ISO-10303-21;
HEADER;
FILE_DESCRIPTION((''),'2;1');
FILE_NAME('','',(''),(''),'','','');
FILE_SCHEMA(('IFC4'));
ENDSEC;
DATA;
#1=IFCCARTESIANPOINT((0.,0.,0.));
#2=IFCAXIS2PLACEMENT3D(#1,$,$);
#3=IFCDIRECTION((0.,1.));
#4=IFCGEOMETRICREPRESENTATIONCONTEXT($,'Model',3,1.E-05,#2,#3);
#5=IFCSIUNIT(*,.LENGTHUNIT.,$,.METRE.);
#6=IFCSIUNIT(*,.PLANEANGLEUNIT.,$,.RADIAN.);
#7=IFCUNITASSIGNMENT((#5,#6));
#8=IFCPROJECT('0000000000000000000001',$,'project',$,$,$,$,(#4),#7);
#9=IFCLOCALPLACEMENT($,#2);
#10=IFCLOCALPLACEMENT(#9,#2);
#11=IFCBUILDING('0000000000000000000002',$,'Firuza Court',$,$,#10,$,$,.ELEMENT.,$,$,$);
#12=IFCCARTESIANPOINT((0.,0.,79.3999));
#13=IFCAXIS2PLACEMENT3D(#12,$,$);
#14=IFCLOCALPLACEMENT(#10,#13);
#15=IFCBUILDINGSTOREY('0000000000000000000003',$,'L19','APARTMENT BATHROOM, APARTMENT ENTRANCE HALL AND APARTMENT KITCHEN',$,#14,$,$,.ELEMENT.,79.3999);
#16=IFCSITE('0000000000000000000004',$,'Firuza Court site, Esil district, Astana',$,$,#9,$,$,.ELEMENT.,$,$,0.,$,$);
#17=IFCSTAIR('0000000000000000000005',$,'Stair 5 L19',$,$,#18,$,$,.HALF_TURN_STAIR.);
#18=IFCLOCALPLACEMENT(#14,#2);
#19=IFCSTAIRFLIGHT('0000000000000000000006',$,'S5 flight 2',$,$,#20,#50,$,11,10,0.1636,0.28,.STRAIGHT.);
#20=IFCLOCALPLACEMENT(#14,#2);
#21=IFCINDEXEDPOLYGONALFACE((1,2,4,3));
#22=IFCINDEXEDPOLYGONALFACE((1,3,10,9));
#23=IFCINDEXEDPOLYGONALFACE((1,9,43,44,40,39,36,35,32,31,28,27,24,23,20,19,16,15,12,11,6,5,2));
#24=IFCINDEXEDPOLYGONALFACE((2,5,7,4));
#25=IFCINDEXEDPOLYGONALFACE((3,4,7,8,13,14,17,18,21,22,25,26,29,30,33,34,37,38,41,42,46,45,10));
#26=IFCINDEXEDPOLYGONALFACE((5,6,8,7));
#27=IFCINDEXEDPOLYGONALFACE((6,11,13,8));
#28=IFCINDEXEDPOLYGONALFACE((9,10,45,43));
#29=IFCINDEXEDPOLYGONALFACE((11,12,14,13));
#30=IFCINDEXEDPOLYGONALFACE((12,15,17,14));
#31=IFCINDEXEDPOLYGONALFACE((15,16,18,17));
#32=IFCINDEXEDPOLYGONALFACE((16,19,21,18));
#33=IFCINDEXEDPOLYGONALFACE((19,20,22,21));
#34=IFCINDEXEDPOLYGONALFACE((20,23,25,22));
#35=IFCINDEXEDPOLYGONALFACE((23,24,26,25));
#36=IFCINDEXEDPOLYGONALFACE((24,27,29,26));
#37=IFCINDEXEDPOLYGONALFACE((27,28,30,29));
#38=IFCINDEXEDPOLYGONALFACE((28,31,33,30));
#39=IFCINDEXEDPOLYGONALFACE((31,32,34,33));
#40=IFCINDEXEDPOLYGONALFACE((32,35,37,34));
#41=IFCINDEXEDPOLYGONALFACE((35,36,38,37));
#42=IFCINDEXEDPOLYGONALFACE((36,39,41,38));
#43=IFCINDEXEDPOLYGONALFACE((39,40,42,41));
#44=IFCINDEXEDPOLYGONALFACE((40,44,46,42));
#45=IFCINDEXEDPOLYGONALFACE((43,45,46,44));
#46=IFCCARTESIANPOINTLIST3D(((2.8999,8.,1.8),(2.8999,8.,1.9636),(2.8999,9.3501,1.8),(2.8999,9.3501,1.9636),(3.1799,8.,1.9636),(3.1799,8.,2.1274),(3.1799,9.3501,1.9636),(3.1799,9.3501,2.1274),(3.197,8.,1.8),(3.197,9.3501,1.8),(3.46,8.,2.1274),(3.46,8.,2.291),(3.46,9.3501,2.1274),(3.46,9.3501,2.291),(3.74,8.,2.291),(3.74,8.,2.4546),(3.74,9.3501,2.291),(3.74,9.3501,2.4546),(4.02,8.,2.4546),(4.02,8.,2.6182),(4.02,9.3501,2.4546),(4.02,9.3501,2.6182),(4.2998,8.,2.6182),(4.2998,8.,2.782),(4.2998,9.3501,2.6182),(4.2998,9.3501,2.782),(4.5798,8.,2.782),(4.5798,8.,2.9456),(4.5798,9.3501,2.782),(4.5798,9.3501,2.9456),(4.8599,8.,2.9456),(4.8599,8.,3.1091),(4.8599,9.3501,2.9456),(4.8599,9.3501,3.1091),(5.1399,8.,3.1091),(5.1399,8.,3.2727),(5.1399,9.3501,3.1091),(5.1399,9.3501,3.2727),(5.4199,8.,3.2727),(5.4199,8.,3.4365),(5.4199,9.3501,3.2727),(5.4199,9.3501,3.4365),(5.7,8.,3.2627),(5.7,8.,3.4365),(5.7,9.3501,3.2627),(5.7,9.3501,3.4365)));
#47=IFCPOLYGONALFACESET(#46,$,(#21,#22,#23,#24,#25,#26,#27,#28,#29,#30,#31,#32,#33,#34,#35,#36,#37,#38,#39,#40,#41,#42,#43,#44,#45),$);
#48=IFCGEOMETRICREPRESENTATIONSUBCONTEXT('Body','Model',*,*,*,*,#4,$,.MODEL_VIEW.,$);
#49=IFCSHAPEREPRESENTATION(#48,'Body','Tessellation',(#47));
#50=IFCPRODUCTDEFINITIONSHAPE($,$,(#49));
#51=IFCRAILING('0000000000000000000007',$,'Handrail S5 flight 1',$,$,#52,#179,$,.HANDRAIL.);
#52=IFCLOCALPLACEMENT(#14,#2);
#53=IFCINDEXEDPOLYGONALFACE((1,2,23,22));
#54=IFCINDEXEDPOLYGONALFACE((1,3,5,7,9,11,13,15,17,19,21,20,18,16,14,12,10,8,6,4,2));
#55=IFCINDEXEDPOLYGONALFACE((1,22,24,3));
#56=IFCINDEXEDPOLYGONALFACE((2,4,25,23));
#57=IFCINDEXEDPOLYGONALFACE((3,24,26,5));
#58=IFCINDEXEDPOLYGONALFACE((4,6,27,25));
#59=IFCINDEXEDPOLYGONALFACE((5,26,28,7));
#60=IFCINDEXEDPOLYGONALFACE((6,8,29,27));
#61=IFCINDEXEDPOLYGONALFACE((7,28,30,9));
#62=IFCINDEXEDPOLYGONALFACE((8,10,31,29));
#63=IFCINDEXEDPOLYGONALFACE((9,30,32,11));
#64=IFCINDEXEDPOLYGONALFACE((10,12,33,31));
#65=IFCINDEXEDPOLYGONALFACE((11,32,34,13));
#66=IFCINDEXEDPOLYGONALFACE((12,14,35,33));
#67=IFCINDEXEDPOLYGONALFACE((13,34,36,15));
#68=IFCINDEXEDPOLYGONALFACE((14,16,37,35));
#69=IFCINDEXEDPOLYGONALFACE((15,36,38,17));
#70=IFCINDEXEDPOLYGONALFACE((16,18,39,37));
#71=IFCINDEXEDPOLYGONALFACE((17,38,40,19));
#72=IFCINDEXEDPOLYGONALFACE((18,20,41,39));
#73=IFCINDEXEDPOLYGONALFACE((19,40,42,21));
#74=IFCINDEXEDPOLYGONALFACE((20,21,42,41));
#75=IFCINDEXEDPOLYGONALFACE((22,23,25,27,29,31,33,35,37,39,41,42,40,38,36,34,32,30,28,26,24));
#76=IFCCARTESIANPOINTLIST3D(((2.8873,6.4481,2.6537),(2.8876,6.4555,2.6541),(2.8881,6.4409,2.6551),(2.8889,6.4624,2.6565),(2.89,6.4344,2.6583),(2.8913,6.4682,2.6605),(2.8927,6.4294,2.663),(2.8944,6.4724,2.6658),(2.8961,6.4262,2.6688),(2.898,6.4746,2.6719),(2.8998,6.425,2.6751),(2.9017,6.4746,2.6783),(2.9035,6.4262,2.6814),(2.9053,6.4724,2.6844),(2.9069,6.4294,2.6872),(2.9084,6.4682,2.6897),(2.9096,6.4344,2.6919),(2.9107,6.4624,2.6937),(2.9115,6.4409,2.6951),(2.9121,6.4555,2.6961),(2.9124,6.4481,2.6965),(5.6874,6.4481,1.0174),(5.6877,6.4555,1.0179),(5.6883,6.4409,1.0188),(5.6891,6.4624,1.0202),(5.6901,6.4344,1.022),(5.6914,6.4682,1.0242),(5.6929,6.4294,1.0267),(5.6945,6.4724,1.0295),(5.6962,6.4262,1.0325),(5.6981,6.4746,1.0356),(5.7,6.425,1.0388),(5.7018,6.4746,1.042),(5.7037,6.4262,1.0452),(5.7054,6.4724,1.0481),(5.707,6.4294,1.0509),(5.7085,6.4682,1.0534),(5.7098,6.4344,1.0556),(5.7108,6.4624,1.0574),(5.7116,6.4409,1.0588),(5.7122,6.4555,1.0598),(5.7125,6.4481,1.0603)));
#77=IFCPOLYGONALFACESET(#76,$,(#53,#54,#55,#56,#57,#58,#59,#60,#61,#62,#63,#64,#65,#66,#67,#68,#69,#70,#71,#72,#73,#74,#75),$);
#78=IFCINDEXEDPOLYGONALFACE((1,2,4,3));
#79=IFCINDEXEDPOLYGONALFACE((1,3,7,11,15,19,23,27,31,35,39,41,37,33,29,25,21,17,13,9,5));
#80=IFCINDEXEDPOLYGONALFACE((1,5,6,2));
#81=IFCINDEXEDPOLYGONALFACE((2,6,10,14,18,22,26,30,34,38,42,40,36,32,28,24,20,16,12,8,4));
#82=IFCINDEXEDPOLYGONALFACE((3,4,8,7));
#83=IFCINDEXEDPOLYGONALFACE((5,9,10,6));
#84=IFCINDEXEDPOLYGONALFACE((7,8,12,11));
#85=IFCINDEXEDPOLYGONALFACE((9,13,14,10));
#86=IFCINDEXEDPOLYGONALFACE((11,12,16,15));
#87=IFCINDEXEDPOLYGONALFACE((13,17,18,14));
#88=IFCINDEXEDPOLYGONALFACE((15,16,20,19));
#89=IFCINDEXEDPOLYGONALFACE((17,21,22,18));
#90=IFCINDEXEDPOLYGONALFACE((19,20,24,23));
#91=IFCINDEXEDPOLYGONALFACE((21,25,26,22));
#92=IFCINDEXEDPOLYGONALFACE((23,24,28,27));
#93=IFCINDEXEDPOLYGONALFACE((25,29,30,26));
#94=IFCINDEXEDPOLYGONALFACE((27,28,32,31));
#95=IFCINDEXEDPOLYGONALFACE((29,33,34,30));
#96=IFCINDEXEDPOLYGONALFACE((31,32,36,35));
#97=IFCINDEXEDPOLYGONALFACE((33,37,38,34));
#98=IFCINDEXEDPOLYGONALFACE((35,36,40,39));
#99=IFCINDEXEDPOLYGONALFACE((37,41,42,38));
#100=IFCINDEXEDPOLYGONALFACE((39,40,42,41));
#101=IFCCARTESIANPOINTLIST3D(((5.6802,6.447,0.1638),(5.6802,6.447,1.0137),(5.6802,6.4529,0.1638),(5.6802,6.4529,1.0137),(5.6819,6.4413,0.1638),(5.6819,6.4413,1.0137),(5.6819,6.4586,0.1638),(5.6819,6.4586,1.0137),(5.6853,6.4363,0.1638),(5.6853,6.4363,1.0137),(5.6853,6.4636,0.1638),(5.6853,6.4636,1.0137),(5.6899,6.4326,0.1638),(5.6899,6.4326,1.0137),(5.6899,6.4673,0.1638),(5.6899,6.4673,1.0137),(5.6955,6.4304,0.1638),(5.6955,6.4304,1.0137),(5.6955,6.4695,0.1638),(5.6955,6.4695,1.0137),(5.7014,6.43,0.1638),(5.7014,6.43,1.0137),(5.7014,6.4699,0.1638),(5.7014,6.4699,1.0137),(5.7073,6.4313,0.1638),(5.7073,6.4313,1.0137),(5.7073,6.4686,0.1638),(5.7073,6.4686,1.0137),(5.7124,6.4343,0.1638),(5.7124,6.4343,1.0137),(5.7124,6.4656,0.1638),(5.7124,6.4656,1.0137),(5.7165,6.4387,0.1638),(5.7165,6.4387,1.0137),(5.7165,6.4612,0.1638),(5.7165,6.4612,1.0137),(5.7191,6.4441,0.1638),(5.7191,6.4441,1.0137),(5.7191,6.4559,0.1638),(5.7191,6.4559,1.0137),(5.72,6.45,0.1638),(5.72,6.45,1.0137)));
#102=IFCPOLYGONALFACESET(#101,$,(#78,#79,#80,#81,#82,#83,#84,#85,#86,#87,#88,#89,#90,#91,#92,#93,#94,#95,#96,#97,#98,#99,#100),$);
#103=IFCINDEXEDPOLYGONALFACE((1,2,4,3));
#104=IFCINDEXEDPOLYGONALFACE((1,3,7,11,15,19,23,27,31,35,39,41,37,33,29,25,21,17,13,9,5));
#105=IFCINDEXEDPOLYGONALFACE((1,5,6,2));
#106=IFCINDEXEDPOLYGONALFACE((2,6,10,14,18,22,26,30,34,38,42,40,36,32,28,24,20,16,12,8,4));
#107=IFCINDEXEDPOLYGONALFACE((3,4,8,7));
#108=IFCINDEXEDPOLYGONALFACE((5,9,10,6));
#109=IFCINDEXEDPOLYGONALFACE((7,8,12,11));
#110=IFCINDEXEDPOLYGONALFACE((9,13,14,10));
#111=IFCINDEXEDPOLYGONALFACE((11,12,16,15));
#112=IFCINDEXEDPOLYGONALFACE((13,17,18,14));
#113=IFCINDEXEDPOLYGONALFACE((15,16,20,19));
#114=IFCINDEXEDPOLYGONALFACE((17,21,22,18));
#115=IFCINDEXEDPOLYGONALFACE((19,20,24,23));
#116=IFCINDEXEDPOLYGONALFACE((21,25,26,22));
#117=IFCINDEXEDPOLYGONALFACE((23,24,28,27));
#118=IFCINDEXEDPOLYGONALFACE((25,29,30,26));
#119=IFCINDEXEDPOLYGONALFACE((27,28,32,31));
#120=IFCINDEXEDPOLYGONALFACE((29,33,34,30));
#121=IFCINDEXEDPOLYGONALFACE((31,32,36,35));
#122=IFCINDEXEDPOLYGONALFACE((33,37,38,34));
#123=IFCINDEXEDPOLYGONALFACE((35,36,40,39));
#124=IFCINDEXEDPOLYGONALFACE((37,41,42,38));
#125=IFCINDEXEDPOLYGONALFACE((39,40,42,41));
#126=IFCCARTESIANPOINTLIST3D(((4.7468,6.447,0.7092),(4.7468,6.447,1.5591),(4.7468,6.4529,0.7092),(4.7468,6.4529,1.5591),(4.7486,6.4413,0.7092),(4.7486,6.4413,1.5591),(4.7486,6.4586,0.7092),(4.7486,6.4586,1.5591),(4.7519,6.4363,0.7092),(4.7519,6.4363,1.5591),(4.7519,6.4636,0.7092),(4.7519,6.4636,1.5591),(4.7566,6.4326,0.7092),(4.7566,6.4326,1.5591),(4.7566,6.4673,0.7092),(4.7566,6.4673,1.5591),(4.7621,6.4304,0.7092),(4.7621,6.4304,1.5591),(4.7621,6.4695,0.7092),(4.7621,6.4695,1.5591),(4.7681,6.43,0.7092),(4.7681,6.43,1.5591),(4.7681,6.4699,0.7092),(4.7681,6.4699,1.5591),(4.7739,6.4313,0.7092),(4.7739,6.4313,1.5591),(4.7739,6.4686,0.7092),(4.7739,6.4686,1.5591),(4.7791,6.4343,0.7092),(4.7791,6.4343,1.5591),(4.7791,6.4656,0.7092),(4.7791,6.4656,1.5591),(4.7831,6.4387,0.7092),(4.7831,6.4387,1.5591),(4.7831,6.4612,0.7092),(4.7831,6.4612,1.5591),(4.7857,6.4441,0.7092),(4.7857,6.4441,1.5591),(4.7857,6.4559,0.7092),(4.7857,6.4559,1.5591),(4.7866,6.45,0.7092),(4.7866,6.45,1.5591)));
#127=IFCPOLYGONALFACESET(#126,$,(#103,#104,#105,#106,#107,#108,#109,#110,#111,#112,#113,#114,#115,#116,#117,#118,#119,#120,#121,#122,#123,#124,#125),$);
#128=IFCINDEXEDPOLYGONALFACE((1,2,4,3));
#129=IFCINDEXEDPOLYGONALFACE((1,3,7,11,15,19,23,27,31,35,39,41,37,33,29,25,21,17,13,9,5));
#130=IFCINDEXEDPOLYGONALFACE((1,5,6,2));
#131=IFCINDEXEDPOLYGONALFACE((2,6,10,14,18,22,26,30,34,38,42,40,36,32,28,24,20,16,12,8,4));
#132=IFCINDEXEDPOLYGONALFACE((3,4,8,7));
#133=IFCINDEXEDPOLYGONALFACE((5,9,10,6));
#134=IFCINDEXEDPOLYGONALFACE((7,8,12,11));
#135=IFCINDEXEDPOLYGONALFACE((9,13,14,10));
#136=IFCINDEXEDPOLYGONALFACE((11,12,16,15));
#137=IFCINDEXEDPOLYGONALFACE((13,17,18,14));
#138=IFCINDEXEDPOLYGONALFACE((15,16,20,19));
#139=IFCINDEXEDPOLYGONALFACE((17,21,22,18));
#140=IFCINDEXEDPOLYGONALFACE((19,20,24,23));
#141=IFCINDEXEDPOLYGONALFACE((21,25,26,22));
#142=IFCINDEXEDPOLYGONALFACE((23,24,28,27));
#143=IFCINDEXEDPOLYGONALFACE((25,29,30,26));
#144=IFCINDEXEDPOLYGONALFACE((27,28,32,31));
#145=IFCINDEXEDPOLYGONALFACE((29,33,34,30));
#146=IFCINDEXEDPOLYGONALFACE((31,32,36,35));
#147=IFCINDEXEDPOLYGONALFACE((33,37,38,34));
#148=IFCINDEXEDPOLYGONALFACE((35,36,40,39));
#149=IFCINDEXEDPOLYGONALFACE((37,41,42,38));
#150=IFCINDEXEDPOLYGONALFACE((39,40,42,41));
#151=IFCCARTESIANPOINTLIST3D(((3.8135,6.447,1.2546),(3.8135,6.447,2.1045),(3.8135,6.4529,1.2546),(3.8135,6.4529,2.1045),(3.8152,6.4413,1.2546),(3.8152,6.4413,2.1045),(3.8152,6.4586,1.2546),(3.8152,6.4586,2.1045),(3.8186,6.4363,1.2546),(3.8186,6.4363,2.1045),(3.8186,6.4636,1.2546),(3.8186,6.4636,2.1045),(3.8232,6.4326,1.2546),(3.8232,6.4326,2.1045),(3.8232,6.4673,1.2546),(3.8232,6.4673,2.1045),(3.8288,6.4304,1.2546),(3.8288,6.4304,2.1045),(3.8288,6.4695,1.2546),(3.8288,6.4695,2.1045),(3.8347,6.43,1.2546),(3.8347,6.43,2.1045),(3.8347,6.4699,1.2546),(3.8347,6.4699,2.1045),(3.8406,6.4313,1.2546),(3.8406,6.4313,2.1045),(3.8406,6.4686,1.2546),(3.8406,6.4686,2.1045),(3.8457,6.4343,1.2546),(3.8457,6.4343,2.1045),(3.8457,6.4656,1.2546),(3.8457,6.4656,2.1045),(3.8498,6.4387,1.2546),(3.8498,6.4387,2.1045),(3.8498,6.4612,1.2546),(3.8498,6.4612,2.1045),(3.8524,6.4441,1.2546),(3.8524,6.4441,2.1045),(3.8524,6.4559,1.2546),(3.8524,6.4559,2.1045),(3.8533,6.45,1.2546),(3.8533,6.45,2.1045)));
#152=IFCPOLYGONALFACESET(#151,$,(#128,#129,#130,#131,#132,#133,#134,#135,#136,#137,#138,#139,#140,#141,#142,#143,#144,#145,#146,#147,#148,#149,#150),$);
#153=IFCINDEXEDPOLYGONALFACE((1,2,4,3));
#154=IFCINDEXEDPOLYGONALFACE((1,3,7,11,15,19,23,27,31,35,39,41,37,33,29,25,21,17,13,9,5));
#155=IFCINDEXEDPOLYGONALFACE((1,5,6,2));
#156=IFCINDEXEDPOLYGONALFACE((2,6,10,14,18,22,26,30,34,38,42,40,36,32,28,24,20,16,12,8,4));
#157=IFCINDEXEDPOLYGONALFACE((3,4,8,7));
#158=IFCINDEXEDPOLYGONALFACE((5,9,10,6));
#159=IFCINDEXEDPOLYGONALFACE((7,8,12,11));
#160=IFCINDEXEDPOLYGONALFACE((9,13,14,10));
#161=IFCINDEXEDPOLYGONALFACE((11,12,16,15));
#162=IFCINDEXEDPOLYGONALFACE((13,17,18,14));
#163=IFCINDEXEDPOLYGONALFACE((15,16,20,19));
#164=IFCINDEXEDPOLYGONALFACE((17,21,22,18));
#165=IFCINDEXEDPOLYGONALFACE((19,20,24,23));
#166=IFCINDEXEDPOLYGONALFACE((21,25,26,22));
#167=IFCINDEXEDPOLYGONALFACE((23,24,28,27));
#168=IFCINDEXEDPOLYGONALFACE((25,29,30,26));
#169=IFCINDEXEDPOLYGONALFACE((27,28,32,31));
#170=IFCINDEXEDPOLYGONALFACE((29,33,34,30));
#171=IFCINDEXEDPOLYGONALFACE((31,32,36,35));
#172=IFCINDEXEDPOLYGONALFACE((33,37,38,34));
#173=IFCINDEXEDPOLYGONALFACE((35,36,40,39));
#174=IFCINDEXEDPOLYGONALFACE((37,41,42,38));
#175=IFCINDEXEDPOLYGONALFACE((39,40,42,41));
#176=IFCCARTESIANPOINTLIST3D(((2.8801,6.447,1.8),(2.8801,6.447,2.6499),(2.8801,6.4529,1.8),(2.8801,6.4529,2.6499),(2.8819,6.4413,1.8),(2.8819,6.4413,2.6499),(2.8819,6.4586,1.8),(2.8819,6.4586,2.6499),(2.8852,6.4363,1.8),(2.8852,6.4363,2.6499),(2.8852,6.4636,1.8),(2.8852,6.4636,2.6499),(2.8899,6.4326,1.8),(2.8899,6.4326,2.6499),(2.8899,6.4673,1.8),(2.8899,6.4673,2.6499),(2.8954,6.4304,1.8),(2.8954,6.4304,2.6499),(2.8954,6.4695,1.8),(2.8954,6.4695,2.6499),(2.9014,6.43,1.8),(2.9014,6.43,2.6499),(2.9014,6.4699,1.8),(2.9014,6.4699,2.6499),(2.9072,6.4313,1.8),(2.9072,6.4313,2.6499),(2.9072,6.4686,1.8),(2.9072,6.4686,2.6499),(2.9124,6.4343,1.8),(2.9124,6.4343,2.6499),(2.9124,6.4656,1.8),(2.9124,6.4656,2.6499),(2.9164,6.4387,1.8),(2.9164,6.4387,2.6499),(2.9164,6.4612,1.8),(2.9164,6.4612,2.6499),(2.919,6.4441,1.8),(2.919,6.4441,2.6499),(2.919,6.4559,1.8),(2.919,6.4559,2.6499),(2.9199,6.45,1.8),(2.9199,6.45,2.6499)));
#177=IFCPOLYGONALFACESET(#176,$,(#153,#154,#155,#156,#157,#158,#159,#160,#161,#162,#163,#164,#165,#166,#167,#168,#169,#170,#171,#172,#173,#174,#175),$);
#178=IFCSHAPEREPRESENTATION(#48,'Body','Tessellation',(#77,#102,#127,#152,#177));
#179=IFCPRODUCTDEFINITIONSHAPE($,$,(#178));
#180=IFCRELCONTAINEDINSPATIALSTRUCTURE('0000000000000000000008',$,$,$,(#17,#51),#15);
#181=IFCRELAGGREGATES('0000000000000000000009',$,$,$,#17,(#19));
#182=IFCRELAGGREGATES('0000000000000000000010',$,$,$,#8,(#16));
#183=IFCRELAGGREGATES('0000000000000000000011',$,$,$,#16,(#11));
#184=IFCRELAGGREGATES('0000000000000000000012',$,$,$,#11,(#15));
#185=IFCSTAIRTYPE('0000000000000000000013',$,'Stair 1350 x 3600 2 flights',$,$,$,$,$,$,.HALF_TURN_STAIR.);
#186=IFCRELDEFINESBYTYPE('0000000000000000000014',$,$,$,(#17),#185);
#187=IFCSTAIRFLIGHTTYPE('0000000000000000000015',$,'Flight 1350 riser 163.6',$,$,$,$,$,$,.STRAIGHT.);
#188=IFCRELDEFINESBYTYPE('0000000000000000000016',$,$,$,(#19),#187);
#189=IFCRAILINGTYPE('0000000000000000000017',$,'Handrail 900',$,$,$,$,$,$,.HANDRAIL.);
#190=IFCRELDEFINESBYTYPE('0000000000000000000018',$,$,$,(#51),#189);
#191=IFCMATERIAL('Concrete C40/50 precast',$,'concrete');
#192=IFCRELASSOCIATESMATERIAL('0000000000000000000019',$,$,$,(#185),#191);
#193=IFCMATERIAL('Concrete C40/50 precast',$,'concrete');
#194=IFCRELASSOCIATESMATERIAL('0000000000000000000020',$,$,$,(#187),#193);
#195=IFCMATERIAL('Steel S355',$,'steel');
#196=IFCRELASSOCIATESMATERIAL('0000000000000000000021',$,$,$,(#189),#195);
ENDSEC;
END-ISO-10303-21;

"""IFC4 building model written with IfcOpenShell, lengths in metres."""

from ifc_helpers import new_model, si_unit, direction, frame, origin, origin_2d, place, context, subcontext, project, spatial, polyline, circle, outline, extrude, material, type_object, element, aggregate, save


model = new_model("IFC4")

# Units and contexts
model_context = context("Model", 3, precision=1e-05, world=origin(), true_north=direction((0.0, 1.0)))
body_context = subcontext(model_context, "Body", "Model", "MODEL_VIEW")
ifc_project = project(units=[si_unit("LENGTHUNIT", "METRE"), si_unit("PLANEANGLEUNIT", "RADIAN")], contexts=[model_context])

# Site, building, storey
site_placement = place(None, origin())
site = spatial("IfcSite", under=ifc_project, at=site_placement, Name="Firuza Court site, Esil district, Astana", CompositionType="ELEMENT", RefElevation=0.0)
building_placement = place(site_placement, origin())
building = spatial("IfcBuilding", under=site, at=building_placement, Name="Firuza Court", CompositionType="ELEMENT")
storey_placement = place(building_placement, frame((0.0, 0.0, 79.3999)))
storey = spatial("IfcBuildingStorey", under=building, at=storey_placement, Name="L19", Description="APARTMENT BATHROOM, APARTMENT ENTRANCE HALL AND APARTMENT KITCHEN", CompositionType="ELEMENT", Elevation=79.3999)

# Stair, stair flight
ifc_material_1 = material(Name="Concrete C40/50 precast", Category="concrete")
stair_type = type_object("IfcStairType", Name="Stair 1350 x 3600 2 flights", PredefinedType="HALF_TURN_STAIR", material=ifc_material_1)
stair_placement = place(storey_placement, origin())
stair = element("IfcStair", 1, at=stair_placement, inside=storey, type_object=stair_type, Name="Stair 5 L19", PredefinedType="HALF_TURN_STAIR")
ifc_material_2 = material(Name="Concrete C40/50 precast", Category="concrete")
stair_flight_type = type_object("IfcStairFlightType", Name="Flight 1350 riser 163.6", PredefinedType="STRAIGHT", material=ifc_material_2)
stair_flight_1_placement = place(storey_placement, frame((2.8999, 8.675, 1.8), z_axis=(0.0, 0.0, 1.0), x_axis=(1.0, 0.0, 0.0)))
stair_flight_1 = element("IfcStairFlight", 2, at=stair_flight_1_placement, type_object=stair_flight_type, Name="S5 flight 2", NumberOfRisers=11, NumberOfTreads=10, PredefinedType="STRAIGHT", RiserHeight=0.1636, TreadLength=0.28, context=body_context, shape_type="SweptSolid", body=[
    extrude(outline(polyline([(0.0, 0.0), (0.0, 0.1636), (0.28, 0.1636), (0.28, 0.3274), (0.5601, 0.3274), (0.5601, 0.491), (0.8401, 0.491), (0.8401, 0.6545), (1.1201, 0.6545), (1.1201, 0.8181), (1.3999, 0.8181), (1.3999, 0.9819), (1.6799, 0.9819), (1.6799, 1.1455), (1.96, 1.1455), (1.96, 1.3091), (2.24, 1.3091), (2.24, 1.4727), (2.52, 1.4727), (2.52, 1.6365), (2.8, 1.6365), (2.8, 1.8), (2.8, 1.4626), (0.2971, 0.0), (0.0, 0.0)])), frame((0.0, 0.675, 0.0), z_axis=(0.0, -1.0, 0.0), x_axis=(1.0, 0.0, 0.0)), (0.0, 0.0, 1.0), 1.3501),
])
aggregate(stair, [stair_flight_1])

# Railing
ifc_material_3 = material(Name="Steel S355", Category="steel")
railing_type_1 = type_object("IfcRailingType", Name="Handrail 900", PredefinedType="HANDRAIL", material=ifc_material_3)
railing_1_placement = place(storey_placement, frame((5.7, 6.45, 0.1638)))
element("IfcRailing", 3, at=railing_1_placement, inside=storey, type_object=railing_type_1, Name="Handrail S5 flight 1", PredefinedType="HANDRAIL", context=body_context, shape_type="SweptSolid", body=[
    extrude(circle(Radius=0.0249, at=origin_2d()), frame((0.0, 0.0, 0.875), z_axis=(-0.863394, 0.0, 0.504531), x_axis=(0.0, -1.0, 0.0)), (0.0, 0.0, 1.0), 3.2432),
    extrude(circle(Radius=0.02, at=origin_2d()), origin(), (0.0, 0.0, 1.0), 0.8499),
    extrude(circle(Radius=0.02, at=origin_2d()), frame((-0.9333, 0.0, 0.5454)), (0.0, 0.0, 1.0), 0.8499),
    extrude(circle(Radius=0.02, at=origin_2d()), frame((-1.8667, 0.0, 1.0908)), (0.0, 0.0, 1.0), 0.8499),
    extrude(circle(Radius=0.02, at=origin_2d()), frame((-2.8, 0.0, 1.6362)), (0.0, 0.0, 1.0), 0.8499),
])

save(model, "model.ifc")
